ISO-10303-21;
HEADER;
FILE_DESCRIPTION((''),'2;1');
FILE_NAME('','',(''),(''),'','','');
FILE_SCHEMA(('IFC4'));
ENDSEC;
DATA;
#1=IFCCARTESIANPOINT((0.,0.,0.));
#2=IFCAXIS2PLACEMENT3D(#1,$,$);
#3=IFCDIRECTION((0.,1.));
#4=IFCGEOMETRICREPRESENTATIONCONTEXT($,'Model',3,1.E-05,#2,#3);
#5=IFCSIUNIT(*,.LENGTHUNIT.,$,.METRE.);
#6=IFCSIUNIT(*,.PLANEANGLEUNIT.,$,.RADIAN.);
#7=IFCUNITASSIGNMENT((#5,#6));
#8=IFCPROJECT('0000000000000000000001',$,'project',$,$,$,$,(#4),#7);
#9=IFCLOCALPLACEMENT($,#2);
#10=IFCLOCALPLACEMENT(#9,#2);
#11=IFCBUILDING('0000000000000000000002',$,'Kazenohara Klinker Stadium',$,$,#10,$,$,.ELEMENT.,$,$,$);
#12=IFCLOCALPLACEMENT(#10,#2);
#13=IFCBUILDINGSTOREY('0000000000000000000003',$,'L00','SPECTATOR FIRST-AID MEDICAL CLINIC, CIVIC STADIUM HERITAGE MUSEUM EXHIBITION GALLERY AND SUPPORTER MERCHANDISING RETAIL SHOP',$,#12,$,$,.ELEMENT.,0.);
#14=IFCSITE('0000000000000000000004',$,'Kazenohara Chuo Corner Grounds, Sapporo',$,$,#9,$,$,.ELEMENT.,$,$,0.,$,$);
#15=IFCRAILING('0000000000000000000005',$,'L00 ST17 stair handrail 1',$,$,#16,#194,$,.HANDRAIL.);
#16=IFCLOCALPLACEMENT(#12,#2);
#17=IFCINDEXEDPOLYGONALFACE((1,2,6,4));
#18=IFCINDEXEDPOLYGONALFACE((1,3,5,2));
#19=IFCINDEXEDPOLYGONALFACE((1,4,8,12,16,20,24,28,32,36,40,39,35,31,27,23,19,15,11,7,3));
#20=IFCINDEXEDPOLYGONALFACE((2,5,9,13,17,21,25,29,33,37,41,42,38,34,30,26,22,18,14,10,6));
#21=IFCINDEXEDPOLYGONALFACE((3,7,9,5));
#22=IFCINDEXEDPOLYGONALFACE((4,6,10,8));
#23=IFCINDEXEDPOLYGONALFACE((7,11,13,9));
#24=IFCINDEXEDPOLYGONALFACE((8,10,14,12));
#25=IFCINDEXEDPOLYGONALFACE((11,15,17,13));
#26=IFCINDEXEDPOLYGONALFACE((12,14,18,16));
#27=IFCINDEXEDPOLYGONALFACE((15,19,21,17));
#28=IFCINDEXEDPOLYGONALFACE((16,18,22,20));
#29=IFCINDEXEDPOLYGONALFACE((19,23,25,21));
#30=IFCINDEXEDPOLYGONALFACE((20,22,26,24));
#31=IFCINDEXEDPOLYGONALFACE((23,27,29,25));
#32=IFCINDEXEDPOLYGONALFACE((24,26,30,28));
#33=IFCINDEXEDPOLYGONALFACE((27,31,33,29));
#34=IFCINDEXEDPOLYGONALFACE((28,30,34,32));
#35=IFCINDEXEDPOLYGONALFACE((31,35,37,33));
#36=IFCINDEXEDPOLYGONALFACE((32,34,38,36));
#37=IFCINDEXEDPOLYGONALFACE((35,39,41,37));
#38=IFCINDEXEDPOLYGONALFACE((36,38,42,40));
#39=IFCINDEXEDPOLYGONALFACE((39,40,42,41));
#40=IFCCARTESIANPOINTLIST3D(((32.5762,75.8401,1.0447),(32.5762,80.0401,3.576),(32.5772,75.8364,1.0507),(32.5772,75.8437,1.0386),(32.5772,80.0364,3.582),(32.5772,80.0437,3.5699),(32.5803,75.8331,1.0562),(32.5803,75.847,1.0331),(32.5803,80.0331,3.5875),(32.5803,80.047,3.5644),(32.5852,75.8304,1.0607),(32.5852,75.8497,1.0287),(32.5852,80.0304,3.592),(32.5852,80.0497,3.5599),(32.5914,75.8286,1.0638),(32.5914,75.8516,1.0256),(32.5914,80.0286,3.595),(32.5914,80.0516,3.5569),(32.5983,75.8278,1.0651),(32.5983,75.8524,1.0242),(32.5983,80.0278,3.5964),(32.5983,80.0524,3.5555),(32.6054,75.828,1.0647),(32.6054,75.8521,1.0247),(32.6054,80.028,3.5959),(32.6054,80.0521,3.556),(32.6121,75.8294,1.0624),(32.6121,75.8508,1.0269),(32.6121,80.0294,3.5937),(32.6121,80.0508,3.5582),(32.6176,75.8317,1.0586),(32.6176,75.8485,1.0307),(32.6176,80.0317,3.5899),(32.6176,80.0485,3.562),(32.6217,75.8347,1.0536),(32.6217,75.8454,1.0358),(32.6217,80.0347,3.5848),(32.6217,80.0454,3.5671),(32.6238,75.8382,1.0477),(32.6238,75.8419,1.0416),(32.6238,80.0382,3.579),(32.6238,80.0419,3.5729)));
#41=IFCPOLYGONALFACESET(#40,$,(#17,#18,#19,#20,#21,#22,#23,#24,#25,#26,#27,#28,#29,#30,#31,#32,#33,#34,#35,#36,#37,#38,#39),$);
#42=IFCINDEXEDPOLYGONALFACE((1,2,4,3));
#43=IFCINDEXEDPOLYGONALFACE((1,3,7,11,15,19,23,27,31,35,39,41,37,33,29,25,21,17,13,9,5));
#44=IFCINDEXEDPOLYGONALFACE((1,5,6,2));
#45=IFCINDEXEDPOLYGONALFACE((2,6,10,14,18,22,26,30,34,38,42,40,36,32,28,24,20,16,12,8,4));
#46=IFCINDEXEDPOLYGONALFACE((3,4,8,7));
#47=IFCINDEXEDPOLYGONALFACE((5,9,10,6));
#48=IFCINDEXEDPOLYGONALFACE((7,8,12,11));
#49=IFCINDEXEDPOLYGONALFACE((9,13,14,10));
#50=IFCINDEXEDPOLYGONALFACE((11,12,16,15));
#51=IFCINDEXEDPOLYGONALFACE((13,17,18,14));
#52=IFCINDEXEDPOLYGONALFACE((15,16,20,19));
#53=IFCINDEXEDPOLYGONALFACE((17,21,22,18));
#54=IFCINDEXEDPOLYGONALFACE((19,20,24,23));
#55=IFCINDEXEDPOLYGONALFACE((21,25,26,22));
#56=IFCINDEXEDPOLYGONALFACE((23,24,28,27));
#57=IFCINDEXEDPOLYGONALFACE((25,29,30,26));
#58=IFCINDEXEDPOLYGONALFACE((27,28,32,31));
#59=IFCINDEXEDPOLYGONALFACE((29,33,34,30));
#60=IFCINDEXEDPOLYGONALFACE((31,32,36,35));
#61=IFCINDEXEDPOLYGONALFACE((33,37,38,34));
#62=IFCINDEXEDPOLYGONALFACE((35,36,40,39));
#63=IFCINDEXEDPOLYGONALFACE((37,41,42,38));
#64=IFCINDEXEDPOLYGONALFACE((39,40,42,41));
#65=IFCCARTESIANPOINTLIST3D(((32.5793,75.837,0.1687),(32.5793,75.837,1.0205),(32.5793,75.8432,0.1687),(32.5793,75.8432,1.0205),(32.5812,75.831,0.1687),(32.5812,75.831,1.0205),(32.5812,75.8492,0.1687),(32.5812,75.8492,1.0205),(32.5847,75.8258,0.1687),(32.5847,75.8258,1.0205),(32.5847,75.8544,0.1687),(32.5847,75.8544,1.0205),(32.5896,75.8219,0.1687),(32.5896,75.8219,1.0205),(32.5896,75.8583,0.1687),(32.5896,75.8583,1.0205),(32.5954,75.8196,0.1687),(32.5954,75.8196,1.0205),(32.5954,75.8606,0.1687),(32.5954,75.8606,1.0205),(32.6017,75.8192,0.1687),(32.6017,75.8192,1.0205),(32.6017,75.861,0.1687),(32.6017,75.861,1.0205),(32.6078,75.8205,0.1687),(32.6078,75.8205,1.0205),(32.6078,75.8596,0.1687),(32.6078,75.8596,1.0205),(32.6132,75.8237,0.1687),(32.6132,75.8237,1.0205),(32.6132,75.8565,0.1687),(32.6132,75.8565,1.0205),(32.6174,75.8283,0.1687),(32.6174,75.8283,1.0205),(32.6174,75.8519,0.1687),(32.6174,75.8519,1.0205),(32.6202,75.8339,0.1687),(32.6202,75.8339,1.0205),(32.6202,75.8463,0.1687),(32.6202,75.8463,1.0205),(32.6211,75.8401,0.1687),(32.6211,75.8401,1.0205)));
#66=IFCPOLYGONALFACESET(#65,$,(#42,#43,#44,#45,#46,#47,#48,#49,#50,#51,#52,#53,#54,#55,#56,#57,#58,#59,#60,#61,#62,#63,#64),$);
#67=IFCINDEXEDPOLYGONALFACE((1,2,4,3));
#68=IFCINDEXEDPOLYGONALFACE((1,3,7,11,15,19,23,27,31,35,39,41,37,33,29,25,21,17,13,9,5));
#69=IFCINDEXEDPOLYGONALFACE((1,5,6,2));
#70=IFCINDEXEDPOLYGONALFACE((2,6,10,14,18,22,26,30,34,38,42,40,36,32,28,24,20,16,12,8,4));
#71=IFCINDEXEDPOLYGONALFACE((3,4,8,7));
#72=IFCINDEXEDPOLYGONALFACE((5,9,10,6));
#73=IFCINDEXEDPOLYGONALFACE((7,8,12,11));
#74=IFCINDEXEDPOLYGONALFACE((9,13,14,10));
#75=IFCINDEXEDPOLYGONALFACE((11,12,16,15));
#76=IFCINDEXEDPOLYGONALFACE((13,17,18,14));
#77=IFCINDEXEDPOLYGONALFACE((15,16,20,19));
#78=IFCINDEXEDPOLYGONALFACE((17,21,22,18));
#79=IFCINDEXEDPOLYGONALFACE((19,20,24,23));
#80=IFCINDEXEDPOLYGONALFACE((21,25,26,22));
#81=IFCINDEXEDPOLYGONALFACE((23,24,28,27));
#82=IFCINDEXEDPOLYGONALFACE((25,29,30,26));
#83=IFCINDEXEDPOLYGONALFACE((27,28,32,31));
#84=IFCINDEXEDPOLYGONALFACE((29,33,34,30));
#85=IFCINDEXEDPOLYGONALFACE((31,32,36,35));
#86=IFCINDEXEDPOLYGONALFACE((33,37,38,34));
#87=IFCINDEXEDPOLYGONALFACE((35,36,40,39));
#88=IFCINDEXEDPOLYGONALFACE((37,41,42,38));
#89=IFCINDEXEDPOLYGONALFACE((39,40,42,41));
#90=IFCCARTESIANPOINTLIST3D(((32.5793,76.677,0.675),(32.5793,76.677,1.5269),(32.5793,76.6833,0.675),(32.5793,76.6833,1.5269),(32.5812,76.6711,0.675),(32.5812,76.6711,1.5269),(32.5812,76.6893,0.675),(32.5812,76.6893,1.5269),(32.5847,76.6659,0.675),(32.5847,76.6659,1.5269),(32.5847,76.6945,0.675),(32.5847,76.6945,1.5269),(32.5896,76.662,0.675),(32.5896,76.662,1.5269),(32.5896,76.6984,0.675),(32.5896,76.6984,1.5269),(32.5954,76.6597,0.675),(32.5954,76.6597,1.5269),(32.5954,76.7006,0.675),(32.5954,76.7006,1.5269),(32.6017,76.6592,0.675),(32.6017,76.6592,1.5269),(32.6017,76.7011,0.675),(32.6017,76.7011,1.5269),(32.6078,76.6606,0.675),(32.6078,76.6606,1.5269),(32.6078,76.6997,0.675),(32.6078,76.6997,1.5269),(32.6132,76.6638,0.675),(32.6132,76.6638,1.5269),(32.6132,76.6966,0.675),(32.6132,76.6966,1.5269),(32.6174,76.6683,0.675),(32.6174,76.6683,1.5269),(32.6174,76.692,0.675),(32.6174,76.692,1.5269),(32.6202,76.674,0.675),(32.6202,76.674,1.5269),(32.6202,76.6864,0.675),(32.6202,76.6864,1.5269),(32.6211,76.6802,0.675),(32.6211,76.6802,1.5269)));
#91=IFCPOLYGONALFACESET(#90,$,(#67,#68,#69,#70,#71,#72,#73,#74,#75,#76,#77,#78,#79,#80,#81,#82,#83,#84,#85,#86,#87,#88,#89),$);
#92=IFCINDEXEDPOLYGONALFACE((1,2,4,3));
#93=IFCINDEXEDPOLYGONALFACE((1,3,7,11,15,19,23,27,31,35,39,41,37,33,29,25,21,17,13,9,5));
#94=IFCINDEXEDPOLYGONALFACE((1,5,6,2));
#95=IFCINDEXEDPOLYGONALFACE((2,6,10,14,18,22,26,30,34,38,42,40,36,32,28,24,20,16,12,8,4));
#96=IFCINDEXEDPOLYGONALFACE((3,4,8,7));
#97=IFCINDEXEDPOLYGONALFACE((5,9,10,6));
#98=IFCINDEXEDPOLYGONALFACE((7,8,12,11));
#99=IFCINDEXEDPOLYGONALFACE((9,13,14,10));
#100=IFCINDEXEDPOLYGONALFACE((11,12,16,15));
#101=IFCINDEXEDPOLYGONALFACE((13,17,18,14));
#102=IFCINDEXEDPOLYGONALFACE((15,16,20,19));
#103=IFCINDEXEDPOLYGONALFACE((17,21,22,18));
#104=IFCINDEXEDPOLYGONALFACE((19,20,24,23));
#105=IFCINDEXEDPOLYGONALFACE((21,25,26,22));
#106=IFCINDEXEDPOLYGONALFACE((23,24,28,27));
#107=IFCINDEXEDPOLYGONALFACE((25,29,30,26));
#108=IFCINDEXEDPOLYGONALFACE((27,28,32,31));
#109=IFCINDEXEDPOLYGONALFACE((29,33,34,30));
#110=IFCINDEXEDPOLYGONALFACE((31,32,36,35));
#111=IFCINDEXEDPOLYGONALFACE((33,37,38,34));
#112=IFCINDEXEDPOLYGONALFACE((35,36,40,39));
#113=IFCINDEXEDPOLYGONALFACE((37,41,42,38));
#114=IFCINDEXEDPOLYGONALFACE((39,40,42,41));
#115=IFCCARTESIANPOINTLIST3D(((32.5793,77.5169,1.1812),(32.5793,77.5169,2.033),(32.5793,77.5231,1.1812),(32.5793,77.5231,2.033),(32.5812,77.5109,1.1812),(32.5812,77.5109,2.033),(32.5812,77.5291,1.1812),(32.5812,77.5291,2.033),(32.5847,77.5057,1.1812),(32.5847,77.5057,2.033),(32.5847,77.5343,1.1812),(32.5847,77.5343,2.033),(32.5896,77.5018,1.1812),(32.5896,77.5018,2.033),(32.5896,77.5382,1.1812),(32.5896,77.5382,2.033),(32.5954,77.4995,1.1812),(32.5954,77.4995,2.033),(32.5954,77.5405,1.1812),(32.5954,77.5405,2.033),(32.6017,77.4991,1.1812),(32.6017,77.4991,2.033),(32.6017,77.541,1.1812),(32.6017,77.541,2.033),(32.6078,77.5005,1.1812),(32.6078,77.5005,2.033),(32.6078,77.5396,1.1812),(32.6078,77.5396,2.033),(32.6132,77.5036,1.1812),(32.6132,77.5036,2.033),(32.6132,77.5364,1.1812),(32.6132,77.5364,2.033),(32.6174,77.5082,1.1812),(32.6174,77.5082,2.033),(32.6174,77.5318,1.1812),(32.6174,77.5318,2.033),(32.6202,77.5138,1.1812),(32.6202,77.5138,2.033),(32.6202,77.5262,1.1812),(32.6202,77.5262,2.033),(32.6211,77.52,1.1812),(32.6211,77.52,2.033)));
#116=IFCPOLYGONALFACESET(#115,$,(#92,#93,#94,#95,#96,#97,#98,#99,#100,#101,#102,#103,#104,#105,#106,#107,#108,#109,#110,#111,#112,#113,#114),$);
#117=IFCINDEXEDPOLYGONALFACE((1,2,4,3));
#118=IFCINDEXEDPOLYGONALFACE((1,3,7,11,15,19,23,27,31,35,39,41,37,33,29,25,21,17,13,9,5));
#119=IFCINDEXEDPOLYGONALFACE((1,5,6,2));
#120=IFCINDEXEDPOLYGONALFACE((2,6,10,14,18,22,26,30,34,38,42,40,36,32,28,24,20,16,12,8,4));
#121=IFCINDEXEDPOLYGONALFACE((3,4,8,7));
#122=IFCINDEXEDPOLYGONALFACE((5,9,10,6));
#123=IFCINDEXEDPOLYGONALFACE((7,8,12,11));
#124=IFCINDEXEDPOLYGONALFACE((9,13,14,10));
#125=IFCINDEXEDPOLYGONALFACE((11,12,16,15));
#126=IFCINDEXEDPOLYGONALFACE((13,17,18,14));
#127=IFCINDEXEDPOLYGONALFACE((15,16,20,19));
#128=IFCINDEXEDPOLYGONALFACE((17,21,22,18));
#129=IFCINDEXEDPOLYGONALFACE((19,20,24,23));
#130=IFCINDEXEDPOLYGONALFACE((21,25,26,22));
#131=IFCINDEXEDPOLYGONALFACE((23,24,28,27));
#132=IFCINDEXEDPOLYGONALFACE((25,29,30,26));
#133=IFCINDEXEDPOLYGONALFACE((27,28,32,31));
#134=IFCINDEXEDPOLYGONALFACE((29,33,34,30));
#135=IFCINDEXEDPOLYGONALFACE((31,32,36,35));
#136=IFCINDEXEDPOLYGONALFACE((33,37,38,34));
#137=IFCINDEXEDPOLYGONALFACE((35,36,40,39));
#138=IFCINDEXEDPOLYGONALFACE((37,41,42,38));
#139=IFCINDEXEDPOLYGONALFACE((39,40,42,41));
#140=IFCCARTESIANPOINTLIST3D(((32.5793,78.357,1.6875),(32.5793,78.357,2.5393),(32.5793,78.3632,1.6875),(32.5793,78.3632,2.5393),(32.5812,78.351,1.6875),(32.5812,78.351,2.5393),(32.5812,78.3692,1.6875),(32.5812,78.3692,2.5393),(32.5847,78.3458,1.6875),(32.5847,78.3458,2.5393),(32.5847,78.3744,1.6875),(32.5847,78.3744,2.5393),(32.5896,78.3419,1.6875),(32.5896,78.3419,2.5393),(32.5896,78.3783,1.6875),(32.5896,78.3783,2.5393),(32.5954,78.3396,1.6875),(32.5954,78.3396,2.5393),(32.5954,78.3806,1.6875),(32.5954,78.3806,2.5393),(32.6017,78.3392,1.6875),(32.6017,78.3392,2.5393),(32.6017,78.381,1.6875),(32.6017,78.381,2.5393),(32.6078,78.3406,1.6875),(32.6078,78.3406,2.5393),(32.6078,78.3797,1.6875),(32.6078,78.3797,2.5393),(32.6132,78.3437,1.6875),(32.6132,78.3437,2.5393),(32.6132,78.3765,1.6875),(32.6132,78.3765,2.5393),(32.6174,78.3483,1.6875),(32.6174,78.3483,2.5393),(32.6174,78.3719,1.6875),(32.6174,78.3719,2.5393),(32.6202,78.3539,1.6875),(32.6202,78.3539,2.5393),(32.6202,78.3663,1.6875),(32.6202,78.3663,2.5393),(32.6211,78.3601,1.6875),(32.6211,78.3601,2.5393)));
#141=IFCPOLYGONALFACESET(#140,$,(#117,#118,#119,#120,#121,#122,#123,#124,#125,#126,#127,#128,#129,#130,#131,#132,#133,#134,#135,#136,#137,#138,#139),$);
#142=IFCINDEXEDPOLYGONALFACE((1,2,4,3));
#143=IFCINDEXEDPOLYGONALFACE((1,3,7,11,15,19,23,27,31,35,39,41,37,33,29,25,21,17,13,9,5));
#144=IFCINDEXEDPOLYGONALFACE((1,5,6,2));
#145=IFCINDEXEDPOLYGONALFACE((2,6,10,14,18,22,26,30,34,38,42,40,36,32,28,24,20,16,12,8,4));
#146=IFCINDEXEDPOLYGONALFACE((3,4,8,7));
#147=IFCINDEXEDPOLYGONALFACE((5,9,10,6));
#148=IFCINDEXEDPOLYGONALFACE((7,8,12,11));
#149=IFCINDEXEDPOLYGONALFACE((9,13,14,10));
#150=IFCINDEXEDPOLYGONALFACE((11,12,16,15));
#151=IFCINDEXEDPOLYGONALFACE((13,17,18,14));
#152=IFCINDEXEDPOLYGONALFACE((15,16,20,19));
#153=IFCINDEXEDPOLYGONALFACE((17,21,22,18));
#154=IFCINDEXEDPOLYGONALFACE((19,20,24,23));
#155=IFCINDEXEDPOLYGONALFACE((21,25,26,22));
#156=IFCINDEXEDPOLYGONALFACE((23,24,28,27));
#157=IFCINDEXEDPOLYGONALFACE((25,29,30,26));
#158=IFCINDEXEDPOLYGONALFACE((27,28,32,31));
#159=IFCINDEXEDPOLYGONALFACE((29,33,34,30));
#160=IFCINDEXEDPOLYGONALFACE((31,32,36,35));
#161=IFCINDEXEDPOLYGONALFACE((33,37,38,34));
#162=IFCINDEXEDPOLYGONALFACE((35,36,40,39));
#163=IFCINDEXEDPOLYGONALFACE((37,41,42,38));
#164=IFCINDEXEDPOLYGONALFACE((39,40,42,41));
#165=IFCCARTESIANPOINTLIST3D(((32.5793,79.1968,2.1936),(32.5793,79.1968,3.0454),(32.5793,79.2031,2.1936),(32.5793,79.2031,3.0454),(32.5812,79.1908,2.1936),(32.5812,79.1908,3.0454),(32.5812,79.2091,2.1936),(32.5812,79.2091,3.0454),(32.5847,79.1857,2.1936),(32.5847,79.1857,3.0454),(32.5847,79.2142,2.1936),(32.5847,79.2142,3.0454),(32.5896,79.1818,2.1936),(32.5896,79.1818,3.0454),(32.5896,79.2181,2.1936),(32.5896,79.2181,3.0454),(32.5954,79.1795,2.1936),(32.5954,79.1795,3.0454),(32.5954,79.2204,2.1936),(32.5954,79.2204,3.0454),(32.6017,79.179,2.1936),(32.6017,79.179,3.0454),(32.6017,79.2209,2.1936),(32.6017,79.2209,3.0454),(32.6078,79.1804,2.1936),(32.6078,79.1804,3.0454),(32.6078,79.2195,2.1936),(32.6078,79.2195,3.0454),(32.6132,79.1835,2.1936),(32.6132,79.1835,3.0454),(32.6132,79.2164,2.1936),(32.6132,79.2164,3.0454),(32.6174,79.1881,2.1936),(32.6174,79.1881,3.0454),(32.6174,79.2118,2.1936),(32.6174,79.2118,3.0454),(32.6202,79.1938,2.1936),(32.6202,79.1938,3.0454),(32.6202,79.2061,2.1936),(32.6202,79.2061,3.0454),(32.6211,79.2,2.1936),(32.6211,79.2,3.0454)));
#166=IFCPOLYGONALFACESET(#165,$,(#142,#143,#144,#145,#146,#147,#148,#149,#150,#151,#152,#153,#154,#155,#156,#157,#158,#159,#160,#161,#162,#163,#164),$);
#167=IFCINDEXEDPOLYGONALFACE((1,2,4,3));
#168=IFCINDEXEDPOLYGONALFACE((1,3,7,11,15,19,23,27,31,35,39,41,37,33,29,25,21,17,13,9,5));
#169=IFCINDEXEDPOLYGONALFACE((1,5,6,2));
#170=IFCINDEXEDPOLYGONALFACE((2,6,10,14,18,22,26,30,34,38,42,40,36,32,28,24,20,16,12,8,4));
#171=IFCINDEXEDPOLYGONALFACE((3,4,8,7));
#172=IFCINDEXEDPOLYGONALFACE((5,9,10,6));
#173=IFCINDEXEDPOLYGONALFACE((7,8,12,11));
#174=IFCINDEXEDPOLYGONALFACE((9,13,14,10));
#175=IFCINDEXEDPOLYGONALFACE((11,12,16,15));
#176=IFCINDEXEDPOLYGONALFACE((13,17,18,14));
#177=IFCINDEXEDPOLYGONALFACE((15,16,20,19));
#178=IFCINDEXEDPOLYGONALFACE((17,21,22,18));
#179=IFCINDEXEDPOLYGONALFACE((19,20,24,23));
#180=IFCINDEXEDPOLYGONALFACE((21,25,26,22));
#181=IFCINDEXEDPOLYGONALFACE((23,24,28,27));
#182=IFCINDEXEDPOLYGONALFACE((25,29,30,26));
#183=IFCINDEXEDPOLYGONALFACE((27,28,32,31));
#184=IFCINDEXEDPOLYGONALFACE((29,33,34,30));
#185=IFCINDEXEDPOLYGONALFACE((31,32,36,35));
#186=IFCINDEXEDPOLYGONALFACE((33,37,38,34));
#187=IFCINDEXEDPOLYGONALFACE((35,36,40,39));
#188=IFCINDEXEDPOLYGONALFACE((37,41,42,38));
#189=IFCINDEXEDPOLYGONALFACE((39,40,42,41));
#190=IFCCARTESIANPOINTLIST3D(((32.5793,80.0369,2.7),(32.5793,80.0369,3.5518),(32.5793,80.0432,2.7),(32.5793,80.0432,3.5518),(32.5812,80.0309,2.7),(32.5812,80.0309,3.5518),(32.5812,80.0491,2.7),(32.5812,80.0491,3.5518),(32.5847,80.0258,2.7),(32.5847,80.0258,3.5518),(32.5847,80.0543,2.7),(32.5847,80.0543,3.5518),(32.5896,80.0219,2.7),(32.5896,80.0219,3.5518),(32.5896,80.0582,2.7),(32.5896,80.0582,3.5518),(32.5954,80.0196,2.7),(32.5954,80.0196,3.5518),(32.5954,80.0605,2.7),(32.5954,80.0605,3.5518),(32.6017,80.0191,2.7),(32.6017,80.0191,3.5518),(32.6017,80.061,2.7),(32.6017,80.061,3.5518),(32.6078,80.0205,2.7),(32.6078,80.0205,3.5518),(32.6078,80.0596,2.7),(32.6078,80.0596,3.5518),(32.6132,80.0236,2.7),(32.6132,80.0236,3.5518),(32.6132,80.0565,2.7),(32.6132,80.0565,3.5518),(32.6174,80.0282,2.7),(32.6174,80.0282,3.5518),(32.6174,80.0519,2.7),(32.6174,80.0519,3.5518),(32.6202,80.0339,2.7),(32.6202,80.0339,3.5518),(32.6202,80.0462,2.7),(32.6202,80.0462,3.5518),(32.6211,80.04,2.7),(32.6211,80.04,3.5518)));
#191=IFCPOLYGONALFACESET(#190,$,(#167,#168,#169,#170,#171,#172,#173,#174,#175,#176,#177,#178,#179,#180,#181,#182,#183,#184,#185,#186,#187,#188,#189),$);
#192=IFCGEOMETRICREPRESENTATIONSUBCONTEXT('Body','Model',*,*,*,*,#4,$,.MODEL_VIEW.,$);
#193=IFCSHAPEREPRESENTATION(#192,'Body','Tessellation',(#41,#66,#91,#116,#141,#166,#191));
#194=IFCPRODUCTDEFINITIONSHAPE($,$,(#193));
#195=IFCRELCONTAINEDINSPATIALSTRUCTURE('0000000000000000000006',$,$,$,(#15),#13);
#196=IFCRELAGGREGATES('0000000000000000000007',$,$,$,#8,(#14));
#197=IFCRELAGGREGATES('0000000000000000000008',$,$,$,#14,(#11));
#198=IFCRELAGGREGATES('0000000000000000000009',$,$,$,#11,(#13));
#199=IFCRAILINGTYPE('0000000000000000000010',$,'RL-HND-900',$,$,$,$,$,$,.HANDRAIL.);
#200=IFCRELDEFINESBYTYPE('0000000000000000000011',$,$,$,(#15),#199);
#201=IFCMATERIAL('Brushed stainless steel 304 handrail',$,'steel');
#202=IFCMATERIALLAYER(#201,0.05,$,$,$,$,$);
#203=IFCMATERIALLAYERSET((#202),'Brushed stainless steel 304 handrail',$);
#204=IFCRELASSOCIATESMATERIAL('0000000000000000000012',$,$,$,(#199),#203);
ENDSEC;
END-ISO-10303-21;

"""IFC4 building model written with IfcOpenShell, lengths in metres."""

from ifc_helpers import new_model, si_unit, direction, frame, origin, origin_2d, place, context, subcontext, project, spatial, circle, extrude, material, layer, layer_set, type_object, element, save


model = new_model("IFC4")

# Units and contexts
model_context = context("Model", 3, precision=1e-05, world=origin(), true_north=direction((0.0, 1.0)))
body_context = subcontext(model_context, "Body", "Model", "MODEL_VIEW")
ifc_project = project(units=[si_unit("LENGTHUNIT", "METRE"), si_unit("PLANEANGLEUNIT", "RADIAN")], contexts=[model_context])

# Site, building, storey
site_placement = place(None, origin())
site = spatial("IfcSite", under=ifc_project, at=site_placement, Name="Kazenohara Chuo Corner Grounds, Sapporo", CompositionType="ELEMENT", RefElevation=0.0)
building_placement = place(site_placement, origin())
building = spatial("IfcBuilding", under=site, at=building_placement, Name="Kazenohara Klinker Stadium", CompositionType="ELEMENT")
storey_placement = place(building_placement, origin())
storey = spatial("IfcBuildingStorey", under=building, at=storey_placement, Name="L00", Description="SPECTATOR FIRST-AID MEDICAL CLINIC, CIVIC STADIUM HERITAGE MUSEUM EXHIBITION GALLERY AND SUPPORTER MERCHANDISING RETAIL SHOP", CompositionType="ELEMENT", Elevation=0.0)

# Railing
ifc_material_1 = material(Name="Brushed stainless steel 304 handrail", Category="steel")
ifc_layer_1 = layer(ifc_material_1, 0.05)
ifc_layer_set_1 = layer_set([ifc_layer_1], Name="Brushed stainless steel 304 handrail")
railing_type_1 = type_object("IfcRailingType", Name="RL-HND-900", PredefinedType="HANDRAIL", material=ifc_layer_set_1)
railing_1_placement = place(storey_placement, frame((32.6001, 75.8401, 0.1687)))
element("IfcRailing", 1, at=railing_1_placement, inside=storey, type_object=railing_type_1, Name="L00 ST17 stair handrail 1", PredefinedType="HANDRAIL", context=body_context, shape_type="SweptSolid", body=[
    extrude(circle(Radius=0.0239, at=origin_2d()), frame((0.0, 0.0, 0.876), z_axis=(0.0, 0.856476, 0.516186), x_axis=(-1.0, 0.0, 0.0)), (0.0, 0.0, 1.0), 4.9038),
    extrude(circle(Radius=0.021, at=origin_2d()), origin(), (0.0, 0.0, 1.0), 0.8518),
    extrude(circle(Radius=0.021, at=origin_2d()), frame((0.0, 0.8401, 0.5063)), (0.0, 0.0, 1.0), 0.8518),
    extrude(circle(Radius=0.021, at=origin_2d()), frame((0.0, 1.6799, 1.0125)), (0.0, 0.0, 1.0), 0.8518),
    extrude(circle(Radius=0.021, at=origin_2d()), frame((0.0, 2.52, 1.5188)), (0.0, 0.0, 1.0), 0.8518),
    extrude(circle(Radius=0.021, at=origin_2d()), frame((0.0, 3.3599, 2.0249)), (0.0, 0.0, 1.0), 0.8518),
    extrude(circle(Radius=0.021, at=origin_2d()), frame((0.0, 4.2, 2.5312)), (0.0, 0.0, 1.0), 0.8518),
])

save(model, "model.ifc")
